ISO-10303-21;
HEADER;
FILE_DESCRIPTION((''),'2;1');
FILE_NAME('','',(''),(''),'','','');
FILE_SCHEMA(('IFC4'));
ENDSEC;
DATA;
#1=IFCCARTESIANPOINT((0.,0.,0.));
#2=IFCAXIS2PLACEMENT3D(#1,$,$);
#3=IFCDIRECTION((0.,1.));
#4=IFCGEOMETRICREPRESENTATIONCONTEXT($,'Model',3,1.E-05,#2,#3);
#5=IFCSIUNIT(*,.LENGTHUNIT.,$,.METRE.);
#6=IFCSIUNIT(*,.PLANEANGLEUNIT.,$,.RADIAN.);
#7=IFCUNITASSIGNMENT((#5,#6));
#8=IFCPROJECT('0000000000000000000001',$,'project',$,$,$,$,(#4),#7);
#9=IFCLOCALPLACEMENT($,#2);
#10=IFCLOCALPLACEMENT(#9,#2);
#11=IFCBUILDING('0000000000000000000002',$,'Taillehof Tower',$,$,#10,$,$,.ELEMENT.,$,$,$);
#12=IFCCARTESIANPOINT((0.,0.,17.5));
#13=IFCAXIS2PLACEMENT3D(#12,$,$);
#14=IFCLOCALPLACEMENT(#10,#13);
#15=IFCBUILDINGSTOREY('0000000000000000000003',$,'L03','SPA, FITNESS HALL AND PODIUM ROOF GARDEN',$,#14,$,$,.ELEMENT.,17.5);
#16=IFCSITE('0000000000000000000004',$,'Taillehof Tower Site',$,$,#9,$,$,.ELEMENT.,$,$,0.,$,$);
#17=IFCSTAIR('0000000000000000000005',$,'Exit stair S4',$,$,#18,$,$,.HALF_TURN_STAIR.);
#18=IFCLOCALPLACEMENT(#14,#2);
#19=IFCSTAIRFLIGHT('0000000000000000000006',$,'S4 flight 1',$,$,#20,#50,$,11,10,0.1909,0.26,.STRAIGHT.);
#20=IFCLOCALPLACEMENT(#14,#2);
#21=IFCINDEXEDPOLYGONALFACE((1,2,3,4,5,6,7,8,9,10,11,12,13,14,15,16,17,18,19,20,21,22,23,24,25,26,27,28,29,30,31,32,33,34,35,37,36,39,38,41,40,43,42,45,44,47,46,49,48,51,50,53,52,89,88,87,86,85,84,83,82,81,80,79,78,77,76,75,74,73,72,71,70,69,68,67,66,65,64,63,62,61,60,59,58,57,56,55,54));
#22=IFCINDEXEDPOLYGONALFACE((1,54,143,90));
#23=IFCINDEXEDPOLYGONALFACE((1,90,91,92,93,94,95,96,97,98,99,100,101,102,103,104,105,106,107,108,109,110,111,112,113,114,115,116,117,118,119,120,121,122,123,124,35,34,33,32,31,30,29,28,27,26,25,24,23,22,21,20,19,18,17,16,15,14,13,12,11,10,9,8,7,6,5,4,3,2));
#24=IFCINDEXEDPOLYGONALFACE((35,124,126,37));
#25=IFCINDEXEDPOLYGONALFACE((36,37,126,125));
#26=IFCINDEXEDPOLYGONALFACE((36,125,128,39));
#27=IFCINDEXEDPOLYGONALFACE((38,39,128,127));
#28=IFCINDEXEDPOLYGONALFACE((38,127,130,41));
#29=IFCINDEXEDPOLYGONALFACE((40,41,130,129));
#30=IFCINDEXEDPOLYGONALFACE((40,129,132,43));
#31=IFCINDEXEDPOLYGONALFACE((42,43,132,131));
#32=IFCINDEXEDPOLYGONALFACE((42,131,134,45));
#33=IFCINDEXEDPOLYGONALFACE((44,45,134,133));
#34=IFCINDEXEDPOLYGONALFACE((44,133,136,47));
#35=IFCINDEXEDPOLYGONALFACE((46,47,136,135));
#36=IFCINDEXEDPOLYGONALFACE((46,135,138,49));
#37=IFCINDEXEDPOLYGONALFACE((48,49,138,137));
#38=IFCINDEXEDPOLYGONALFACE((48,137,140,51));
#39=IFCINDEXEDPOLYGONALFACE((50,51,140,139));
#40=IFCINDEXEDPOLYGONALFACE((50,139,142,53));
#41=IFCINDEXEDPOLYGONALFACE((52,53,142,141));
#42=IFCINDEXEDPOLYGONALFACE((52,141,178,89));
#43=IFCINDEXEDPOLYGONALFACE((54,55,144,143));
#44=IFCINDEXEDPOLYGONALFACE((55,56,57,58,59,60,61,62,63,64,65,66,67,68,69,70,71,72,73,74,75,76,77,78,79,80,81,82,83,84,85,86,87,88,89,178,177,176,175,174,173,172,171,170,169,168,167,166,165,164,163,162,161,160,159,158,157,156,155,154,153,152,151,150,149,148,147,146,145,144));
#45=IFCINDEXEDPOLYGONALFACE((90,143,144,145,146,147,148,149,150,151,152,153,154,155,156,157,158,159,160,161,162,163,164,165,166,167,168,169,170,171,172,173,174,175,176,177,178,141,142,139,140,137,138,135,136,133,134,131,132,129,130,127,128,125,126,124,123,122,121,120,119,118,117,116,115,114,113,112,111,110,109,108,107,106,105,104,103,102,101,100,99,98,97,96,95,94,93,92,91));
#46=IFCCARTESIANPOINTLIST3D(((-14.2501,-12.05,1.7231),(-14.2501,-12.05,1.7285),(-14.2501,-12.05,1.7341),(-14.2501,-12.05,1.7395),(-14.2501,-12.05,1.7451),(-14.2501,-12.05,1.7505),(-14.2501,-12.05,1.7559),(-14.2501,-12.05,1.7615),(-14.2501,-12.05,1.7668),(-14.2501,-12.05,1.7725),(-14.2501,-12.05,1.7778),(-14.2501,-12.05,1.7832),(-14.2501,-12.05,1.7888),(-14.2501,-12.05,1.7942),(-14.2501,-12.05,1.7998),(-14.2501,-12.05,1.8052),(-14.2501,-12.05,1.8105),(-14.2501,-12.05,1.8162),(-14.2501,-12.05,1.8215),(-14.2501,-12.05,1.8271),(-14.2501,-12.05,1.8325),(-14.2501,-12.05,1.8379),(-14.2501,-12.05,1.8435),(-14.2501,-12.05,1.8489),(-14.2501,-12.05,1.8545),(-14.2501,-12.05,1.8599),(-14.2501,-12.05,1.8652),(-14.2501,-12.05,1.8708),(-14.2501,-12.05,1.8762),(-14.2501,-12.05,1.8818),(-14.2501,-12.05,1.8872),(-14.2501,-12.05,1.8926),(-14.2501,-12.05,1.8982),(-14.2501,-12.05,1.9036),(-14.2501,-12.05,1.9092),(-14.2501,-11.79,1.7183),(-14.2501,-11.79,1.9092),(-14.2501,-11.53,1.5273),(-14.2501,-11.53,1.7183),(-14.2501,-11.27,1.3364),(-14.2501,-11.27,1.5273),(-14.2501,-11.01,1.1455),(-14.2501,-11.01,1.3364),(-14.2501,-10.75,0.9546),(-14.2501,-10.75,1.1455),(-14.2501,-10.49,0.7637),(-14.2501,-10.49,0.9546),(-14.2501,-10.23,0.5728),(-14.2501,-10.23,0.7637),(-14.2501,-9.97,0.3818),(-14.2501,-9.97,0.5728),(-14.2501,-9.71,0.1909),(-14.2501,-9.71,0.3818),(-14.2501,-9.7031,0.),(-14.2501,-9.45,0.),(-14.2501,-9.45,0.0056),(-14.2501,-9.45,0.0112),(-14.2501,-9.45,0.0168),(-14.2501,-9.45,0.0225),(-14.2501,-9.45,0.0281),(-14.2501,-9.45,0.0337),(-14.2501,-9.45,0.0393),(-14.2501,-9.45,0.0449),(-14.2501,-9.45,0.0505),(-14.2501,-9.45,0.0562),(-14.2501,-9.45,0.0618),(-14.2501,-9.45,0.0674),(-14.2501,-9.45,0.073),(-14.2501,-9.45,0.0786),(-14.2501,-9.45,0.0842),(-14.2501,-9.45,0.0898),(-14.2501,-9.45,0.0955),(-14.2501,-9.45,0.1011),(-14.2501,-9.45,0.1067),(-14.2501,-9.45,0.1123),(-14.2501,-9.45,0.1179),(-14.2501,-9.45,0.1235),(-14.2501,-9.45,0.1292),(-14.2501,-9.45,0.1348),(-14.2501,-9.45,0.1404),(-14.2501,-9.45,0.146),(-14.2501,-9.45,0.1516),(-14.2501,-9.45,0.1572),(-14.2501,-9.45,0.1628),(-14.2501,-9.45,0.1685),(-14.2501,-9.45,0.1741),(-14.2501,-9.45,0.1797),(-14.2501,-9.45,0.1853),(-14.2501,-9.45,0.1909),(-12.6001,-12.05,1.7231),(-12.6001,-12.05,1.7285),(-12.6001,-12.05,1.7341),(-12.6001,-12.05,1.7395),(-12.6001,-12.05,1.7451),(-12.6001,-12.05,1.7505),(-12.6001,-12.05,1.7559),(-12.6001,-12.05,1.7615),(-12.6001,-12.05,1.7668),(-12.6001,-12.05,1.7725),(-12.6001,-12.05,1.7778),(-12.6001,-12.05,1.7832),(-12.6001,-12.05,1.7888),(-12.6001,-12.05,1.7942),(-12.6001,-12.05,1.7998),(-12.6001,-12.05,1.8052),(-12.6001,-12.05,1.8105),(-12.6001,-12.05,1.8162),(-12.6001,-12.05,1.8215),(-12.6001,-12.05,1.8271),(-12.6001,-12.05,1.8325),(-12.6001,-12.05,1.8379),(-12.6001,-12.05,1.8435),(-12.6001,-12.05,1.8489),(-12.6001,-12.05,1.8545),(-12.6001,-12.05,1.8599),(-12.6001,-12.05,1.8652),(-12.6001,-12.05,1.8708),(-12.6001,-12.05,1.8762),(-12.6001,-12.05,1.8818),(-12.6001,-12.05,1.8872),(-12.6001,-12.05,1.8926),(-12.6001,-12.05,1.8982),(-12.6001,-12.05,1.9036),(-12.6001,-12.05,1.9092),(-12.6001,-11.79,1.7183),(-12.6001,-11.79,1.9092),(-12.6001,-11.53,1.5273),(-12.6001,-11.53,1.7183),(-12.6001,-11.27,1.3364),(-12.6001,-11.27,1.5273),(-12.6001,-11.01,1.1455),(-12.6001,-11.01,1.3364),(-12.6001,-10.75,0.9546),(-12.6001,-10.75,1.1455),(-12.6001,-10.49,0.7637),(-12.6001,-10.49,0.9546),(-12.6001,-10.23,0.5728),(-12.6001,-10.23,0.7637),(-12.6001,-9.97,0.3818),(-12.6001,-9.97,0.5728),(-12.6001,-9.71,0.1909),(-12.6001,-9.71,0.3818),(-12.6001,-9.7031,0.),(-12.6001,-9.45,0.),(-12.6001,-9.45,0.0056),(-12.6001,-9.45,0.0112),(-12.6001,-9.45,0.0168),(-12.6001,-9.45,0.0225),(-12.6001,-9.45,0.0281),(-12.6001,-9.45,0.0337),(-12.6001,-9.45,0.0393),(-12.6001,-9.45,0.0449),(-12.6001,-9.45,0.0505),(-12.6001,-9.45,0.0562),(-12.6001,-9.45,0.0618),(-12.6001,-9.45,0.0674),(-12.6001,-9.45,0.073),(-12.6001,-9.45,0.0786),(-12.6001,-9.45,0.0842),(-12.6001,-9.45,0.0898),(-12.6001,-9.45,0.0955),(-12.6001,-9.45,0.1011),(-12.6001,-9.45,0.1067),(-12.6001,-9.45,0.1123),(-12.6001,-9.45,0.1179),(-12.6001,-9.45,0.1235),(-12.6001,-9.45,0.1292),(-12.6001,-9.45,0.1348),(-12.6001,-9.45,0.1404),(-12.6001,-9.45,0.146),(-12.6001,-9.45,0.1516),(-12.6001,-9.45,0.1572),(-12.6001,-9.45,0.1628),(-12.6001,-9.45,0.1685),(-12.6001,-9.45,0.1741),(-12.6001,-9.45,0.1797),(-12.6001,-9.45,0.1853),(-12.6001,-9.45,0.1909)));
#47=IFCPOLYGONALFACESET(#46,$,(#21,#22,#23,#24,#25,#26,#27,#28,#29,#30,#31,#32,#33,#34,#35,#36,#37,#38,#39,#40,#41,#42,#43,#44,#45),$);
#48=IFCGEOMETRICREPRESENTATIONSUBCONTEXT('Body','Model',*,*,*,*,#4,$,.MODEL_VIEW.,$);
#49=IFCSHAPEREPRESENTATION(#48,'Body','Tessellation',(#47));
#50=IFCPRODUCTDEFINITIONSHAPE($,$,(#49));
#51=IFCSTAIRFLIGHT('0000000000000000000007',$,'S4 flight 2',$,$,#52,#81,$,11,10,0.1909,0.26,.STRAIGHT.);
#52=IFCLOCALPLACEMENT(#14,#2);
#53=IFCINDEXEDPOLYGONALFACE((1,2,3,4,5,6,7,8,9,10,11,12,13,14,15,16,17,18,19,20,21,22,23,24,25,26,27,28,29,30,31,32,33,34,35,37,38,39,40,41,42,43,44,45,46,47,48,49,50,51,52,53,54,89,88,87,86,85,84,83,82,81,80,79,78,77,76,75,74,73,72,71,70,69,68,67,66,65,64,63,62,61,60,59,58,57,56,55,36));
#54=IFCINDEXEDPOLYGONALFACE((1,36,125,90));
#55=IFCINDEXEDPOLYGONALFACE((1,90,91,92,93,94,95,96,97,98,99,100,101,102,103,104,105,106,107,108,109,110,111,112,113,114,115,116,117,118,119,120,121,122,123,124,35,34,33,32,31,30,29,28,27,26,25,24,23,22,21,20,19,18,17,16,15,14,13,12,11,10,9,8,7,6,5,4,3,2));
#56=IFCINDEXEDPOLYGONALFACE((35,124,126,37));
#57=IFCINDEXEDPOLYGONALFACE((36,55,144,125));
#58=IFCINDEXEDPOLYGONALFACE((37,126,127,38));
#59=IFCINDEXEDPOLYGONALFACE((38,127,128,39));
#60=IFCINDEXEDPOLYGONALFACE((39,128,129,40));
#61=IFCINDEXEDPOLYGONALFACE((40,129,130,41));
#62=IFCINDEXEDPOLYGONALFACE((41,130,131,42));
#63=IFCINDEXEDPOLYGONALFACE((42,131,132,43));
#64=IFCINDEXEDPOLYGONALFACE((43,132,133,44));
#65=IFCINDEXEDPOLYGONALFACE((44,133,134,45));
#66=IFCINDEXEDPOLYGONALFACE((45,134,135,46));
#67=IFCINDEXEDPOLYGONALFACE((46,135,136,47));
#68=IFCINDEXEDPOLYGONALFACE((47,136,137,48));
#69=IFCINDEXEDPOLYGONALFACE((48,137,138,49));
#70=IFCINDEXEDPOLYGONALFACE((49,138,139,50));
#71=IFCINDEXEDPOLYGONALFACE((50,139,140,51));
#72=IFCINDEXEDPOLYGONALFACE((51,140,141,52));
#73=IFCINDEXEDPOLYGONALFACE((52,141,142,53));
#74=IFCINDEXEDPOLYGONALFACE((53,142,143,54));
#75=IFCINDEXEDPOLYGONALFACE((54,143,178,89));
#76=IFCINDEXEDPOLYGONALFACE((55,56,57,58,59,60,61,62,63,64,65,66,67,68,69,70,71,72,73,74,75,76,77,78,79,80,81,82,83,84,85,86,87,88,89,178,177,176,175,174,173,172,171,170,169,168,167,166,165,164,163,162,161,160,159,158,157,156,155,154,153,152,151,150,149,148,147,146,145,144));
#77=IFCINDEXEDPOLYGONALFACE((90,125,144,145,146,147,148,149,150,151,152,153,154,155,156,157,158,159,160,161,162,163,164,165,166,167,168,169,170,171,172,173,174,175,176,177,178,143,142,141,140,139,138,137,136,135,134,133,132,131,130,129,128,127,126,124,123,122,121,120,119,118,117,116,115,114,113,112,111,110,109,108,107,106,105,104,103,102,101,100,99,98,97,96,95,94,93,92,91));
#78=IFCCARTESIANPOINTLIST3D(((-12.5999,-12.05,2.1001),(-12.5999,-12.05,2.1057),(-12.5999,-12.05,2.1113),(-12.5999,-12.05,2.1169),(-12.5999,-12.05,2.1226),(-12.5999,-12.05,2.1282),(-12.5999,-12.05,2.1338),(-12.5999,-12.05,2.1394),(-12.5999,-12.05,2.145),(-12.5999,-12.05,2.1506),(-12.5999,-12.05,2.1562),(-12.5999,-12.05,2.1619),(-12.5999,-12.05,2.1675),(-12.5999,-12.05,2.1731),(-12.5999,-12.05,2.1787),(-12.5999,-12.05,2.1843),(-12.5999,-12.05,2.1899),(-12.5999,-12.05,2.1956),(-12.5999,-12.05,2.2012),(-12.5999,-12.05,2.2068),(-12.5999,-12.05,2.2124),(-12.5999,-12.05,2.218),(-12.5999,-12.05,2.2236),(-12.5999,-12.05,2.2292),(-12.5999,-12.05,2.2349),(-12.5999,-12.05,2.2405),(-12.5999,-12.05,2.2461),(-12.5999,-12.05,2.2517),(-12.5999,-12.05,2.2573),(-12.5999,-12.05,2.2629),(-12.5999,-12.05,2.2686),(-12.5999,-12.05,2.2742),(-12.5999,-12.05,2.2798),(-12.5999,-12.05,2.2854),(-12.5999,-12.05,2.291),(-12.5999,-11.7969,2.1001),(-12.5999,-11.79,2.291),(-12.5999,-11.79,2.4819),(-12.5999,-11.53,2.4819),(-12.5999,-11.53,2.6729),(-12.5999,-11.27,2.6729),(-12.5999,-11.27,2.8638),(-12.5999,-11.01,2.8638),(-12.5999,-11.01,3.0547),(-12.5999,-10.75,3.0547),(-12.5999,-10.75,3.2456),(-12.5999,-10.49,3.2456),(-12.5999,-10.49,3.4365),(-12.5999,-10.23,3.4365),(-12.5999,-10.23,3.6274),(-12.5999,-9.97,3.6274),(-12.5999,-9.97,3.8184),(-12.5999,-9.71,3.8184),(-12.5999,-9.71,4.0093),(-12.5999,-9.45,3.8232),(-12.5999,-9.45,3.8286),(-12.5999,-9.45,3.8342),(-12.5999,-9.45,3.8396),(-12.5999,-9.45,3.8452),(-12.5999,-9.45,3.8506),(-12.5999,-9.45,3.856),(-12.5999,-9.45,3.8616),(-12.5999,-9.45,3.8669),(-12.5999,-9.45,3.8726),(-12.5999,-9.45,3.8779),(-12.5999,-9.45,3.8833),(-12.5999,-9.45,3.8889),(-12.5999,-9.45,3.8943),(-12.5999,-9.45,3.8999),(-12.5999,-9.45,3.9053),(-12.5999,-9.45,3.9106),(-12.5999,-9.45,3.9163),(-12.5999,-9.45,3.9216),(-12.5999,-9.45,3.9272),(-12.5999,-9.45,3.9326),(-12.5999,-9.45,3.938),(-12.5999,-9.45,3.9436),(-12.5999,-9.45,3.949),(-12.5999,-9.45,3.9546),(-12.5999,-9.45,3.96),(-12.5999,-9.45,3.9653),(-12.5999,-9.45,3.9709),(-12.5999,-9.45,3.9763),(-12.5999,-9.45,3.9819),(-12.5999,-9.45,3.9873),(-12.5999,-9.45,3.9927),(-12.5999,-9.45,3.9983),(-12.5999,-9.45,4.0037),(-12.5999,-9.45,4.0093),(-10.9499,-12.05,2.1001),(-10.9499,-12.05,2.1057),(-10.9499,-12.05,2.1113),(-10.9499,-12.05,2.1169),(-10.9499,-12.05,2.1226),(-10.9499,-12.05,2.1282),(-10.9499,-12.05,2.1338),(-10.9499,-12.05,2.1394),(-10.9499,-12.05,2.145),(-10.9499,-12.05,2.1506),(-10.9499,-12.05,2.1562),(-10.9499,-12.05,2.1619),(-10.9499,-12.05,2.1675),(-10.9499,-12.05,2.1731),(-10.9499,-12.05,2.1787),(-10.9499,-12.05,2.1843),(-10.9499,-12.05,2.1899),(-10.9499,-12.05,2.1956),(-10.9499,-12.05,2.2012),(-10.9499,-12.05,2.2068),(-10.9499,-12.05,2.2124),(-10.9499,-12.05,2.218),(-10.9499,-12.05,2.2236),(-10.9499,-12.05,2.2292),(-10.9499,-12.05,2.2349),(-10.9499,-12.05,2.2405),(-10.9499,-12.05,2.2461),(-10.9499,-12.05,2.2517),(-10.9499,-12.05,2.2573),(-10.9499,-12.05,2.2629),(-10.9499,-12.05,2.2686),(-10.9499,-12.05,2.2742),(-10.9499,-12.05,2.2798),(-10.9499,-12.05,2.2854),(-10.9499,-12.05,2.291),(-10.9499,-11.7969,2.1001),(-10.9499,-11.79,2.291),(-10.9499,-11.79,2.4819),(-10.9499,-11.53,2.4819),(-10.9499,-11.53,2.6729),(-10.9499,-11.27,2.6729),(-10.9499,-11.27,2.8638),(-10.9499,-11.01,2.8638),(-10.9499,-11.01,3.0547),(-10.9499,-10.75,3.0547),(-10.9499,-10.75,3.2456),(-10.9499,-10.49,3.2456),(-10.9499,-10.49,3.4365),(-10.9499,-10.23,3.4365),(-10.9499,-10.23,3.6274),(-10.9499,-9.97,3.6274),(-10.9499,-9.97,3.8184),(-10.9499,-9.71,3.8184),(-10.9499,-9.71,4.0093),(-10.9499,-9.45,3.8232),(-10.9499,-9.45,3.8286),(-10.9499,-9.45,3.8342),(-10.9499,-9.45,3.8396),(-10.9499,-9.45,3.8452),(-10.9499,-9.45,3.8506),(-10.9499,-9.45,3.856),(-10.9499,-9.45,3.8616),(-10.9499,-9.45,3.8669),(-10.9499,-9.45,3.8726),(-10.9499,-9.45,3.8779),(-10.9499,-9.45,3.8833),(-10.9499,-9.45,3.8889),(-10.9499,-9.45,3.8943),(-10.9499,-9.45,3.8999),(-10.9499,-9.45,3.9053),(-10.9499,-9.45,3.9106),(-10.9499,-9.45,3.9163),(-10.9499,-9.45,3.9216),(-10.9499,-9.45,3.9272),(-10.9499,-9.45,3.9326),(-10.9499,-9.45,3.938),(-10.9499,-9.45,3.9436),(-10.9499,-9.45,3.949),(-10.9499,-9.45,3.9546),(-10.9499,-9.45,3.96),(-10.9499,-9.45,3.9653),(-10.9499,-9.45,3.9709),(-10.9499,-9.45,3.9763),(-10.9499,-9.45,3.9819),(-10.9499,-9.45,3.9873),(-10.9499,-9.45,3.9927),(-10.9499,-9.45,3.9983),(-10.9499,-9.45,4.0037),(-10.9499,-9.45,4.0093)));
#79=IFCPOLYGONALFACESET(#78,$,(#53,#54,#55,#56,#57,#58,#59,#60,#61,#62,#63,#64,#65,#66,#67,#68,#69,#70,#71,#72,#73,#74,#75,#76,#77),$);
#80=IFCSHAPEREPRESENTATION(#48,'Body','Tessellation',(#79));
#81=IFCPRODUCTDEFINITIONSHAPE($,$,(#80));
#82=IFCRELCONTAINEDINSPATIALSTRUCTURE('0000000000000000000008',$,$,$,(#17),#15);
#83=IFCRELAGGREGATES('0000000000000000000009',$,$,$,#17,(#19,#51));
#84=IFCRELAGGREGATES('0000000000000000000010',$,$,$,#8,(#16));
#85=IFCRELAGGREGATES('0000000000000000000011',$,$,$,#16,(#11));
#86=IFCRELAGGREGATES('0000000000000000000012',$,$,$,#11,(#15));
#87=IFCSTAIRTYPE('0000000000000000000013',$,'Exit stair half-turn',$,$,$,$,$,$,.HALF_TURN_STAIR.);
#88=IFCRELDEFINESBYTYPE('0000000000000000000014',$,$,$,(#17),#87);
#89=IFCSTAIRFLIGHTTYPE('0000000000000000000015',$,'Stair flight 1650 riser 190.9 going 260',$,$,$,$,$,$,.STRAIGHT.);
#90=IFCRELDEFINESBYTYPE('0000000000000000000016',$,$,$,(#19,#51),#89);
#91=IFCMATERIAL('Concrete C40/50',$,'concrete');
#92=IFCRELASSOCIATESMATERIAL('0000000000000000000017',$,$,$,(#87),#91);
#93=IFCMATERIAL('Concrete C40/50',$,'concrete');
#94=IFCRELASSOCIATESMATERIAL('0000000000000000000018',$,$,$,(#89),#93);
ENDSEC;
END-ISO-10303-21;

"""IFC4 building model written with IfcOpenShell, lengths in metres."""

from ifc_helpers import new_model, si_unit, direction, frame, origin, place, context, subcontext, project, spatial, polyline, outline, extrude, material, type_object, element, aggregate, save


model = new_model("IFC4")

# Units and contexts
model_context = context("Model", 3, precision=1e-05, world=origin(), true_north=direction((0.0, 1.0)))
body_context = subcontext(model_context, "Body", "Model", "MODEL_VIEW")
ifc_project = project(units=[si_unit("LENGTHUNIT", "METRE"), si_unit("PLANEANGLEUNIT", "RADIAN")], contexts=[model_context])

# Site, building, storey
site_placement = place(None, origin())
site = spatial("IfcSite", under=ifc_project, at=site_placement, Name="Taillehof Tower Site", CompositionType="ELEMENT", RefElevation=0.0)
building_placement = place(site_placement, origin())
building = spatial("IfcBuilding", under=site, at=building_placement, Name="Taillehof Tower", CompositionType="ELEMENT")
storey_placement = place(building_placement, frame((0.0, 0.0, 17.5)))
storey = spatial("IfcBuildingStorey", under=building, at=storey_placement, Name="L03", Description="SPA, FITNESS HALL AND PODIUM ROOF GARDEN", CompositionType="ELEMENT", Elevation=17.5)

# Stair, stair flights
ifc_material_1 = material(Name="Concrete C40/50", Category="concrete")
stair_type = type_object("IfcStairType", Name="Exit stair half-turn", PredefinedType="HALF_TURN_STAIR", material=ifc_material_1)
stair_placement = place(storey_placement, origin())
stair = element("IfcStair", 1, at=stair_placement, inside=storey, type_object=stair_type, Name="Exit stair S4", PredefinedType="HALF_TURN_STAIR")
ifc_material_2 = material(Name="Concrete C40/50", Category="concrete")
stair_flight_type = type_object("IfcStairFlightType", Name="Stair flight 1650 riser 190.9 going 260", PredefinedType="STRAIGHT", material=ifc_material_2)
stair_flight_1_placement = place(storey_placement, frame((-13.425, -9.45, 0.0), z_axis=(0.0, 0.0, 1.0), x_axis=(0.0, -1.0, 0.0)))
stair_flight_1 = element("IfcStairFlight", 2, at=stair_flight_1_placement, type_object=stair_flight_type, Name="S4 flight 1", NumberOfRisers=11, NumberOfTreads=10, PredefinedType="STRAIGHT", RiserHeight=0.1909, TreadLength=0.26, context=body_context, shape_type="SweptSolid", body=[
    extrude(outline(polyline([(0.0, 0.0), (0.0, 0.0056), (0.0, 0.0112), (0.0, 0.0168), (0.0, 0.0225), (0.0, 0.0281), (0.0, 0.0337), (0.0, 0.0393), (0.0, 0.0449), (0.0, 0.0505), (0.0, 0.0562), (0.0, 0.0618), (0.0, 0.0674), (0.0, 0.073), (0.0, 0.0786), (0.0, 0.0842), (0.0, 0.0898), (0.0, 0.0955), (0.0, 0.1011), (0.0, 0.1067), (0.0, 0.1123), (0.0, 0.1179), (0.0, 0.1235), (0.0, 0.1292), (0.0, 0.1348), (0.0, 0.1404), (0.0, 0.146), (0.0, 0.1516), (0.0, 0.1572), (0.0, 0.1628), (0.0, 0.1685), (0.0, 0.1741), (0.0, 0.1797), (0.0, 0.1853), (0.0, 0.1909), (0.26, 0.1909), (0.26, 0.3818), (0.52, 0.3818), (0.52, 0.5728), (0.78, 0.5728), (0.78, 0.7637), (1.04, 0.7637), (1.04, 0.9546), (1.3, 0.9546), (1.3, 1.1455), (1.5601, 1.1455), (1.5601, 1.3364), (1.8201, 1.3364), (1.8201, 1.5273), (2.0801, 1.5273), (2.0801, 1.7183), (2.3401, 1.7183), (2.3401, 1.9092), (2.6001, 1.9092), (2.6001, 1.9036), (2.6001, 1.8982), (2.6001, 1.8926), (2.6001, 1.8872), (2.6001, 1.8818), (2.6001, 1.8762), (2.6001, 1.8708), (2.6001, 1.8652), (2.6001, 1.8599), (2.6001, 1.8545), (2.6001, 1.8489), (2.6001, 1.8435), (2.6001, 1.8379), (2.6001, 1.8325), (2.6001, 1.8271), (2.6001, 1.8215), (2.6001, 1.8162), (2.6001, 1.8105), (2.6001, 1.8052), (2.6001, 1.7998), (2.6001, 1.7942), (2.6001, 1.7888), (2.6001, 1.7832), (2.6001, 1.7778), (2.6001, 1.7725), (2.6001, 1.7668), (2.6001, 1.7615), (2.6001, 1.7559), (2.6001, 1.7505), (2.6001, 1.7451), (2.6001, 1.7395), (2.6001, 1.7341), (2.6001, 1.7285), (2.6001, 1.7231), (0.2532, 0.0), (0.0, 0.0)])), frame((0.0, 0.825, 0.0), z_axis=(0.0, -1.0, 0.0), x_axis=(1.0, 0.0, 0.0)), (0.0, 0.0, 1.0), 1.65),
])
stair_flight_2_placement = place(storey_placement, frame((-11.7749, -12.05, 2.1001), z_axis=(0.0, 0.0, 1.0), x_axis=(0.0, 1.0, 0.0)))
stair_flight_2 = element("IfcStairFlight", 3, at=stair_flight_2_placement, type_object=stair_flight_type, Name="S4 flight 2", NumberOfRisers=11, NumberOfTreads=10, PredefinedType="STRAIGHT", RiserHeight=0.1909, TreadLength=0.26, context=body_context, shape_type="SweptSolid", body=[
    extrude(outline(polyline([(0.0, 0.0), (0.0, 0.0056), (0.0, 0.0112), (0.0, 0.0168), (0.0, 0.0225), (0.0, 0.0281), (0.0, 0.0337), (0.0, 0.0393), (0.0, 0.0449), (0.0, 0.0505), (0.0, 0.0562), (0.0, 0.0618), (0.0, 0.0674), (0.0, 0.073), (0.0, 0.0786), (0.0, 0.0842), (0.0, 0.0898), (0.0, 0.0955), (0.0, 0.1011), (0.0, 0.1067), (0.0, 0.1123), (0.0, 0.1179), (0.0, 0.1235), (0.0, 0.1292), (0.0, 0.1348), (0.0, 0.1404), (0.0, 0.146), (0.0, 0.1516), (0.0, 0.1572), (0.0, 0.1628), (0.0, 0.1685), (0.0, 0.1741), (0.0, 0.1797), (0.0, 0.1853), (0.0, 0.1909), (0.26, 0.1909), (0.26, 0.3818), (0.52, 0.3818), (0.52, 0.5728), (0.78, 0.5728), (0.78, 0.7637), (1.04, 0.7637), (1.04, 0.9546), (1.3, 0.9546), (1.3, 1.1455), (1.5601, 1.1455), (1.5601, 1.3364), (1.8201, 1.3364), (1.8201, 1.5273), (2.0801, 1.5273), (2.0801, 1.7183), (2.3401, 1.7183), (2.3401, 1.9092), (2.6001, 1.9092), (2.6001, 1.9036), (2.6001, 1.8982), (2.6001, 1.8926), (2.6001, 1.8872), (2.6001, 1.8818), (2.6001, 1.8762), (2.6001, 1.8708), (2.6001, 1.8652), (2.6001, 1.8599), (2.6001, 1.8545), (2.6001, 1.8489), (2.6001, 1.8435), (2.6001, 1.8379), (2.6001, 1.8325), (2.6001, 1.8271), (2.6001, 1.8215), (2.6001, 1.8162), (2.6001, 1.8105), (2.6001, 1.8052), (2.6001, 1.7998), (2.6001, 1.7942), (2.6001, 1.7888), (2.6001, 1.7832), (2.6001, 1.7778), (2.6001, 1.7725), (2.6001, 1.7668), (2.6001, 1.7615), (2.6001, 1.7559), (2.6001, 1.7505), (2.6001, 1.7451), (2.6001, 1.7395), (2.6001, 1.7341), (2.6001, 1.7285), (2.6001, 1.7231), (0.2532, 0.0), (0.0, 0.0)])), frame((0.0, 0.825, 0.0), z_axis=(0.0, -1.0, 0.0), x_axis=(1.0, 0.0, 0.0)), (0.0, 0.0, 1.0), 1.65),
])
aggregate(stair, [stair_flight_1, stair_flight_2])

save(model, "model.ifc")
